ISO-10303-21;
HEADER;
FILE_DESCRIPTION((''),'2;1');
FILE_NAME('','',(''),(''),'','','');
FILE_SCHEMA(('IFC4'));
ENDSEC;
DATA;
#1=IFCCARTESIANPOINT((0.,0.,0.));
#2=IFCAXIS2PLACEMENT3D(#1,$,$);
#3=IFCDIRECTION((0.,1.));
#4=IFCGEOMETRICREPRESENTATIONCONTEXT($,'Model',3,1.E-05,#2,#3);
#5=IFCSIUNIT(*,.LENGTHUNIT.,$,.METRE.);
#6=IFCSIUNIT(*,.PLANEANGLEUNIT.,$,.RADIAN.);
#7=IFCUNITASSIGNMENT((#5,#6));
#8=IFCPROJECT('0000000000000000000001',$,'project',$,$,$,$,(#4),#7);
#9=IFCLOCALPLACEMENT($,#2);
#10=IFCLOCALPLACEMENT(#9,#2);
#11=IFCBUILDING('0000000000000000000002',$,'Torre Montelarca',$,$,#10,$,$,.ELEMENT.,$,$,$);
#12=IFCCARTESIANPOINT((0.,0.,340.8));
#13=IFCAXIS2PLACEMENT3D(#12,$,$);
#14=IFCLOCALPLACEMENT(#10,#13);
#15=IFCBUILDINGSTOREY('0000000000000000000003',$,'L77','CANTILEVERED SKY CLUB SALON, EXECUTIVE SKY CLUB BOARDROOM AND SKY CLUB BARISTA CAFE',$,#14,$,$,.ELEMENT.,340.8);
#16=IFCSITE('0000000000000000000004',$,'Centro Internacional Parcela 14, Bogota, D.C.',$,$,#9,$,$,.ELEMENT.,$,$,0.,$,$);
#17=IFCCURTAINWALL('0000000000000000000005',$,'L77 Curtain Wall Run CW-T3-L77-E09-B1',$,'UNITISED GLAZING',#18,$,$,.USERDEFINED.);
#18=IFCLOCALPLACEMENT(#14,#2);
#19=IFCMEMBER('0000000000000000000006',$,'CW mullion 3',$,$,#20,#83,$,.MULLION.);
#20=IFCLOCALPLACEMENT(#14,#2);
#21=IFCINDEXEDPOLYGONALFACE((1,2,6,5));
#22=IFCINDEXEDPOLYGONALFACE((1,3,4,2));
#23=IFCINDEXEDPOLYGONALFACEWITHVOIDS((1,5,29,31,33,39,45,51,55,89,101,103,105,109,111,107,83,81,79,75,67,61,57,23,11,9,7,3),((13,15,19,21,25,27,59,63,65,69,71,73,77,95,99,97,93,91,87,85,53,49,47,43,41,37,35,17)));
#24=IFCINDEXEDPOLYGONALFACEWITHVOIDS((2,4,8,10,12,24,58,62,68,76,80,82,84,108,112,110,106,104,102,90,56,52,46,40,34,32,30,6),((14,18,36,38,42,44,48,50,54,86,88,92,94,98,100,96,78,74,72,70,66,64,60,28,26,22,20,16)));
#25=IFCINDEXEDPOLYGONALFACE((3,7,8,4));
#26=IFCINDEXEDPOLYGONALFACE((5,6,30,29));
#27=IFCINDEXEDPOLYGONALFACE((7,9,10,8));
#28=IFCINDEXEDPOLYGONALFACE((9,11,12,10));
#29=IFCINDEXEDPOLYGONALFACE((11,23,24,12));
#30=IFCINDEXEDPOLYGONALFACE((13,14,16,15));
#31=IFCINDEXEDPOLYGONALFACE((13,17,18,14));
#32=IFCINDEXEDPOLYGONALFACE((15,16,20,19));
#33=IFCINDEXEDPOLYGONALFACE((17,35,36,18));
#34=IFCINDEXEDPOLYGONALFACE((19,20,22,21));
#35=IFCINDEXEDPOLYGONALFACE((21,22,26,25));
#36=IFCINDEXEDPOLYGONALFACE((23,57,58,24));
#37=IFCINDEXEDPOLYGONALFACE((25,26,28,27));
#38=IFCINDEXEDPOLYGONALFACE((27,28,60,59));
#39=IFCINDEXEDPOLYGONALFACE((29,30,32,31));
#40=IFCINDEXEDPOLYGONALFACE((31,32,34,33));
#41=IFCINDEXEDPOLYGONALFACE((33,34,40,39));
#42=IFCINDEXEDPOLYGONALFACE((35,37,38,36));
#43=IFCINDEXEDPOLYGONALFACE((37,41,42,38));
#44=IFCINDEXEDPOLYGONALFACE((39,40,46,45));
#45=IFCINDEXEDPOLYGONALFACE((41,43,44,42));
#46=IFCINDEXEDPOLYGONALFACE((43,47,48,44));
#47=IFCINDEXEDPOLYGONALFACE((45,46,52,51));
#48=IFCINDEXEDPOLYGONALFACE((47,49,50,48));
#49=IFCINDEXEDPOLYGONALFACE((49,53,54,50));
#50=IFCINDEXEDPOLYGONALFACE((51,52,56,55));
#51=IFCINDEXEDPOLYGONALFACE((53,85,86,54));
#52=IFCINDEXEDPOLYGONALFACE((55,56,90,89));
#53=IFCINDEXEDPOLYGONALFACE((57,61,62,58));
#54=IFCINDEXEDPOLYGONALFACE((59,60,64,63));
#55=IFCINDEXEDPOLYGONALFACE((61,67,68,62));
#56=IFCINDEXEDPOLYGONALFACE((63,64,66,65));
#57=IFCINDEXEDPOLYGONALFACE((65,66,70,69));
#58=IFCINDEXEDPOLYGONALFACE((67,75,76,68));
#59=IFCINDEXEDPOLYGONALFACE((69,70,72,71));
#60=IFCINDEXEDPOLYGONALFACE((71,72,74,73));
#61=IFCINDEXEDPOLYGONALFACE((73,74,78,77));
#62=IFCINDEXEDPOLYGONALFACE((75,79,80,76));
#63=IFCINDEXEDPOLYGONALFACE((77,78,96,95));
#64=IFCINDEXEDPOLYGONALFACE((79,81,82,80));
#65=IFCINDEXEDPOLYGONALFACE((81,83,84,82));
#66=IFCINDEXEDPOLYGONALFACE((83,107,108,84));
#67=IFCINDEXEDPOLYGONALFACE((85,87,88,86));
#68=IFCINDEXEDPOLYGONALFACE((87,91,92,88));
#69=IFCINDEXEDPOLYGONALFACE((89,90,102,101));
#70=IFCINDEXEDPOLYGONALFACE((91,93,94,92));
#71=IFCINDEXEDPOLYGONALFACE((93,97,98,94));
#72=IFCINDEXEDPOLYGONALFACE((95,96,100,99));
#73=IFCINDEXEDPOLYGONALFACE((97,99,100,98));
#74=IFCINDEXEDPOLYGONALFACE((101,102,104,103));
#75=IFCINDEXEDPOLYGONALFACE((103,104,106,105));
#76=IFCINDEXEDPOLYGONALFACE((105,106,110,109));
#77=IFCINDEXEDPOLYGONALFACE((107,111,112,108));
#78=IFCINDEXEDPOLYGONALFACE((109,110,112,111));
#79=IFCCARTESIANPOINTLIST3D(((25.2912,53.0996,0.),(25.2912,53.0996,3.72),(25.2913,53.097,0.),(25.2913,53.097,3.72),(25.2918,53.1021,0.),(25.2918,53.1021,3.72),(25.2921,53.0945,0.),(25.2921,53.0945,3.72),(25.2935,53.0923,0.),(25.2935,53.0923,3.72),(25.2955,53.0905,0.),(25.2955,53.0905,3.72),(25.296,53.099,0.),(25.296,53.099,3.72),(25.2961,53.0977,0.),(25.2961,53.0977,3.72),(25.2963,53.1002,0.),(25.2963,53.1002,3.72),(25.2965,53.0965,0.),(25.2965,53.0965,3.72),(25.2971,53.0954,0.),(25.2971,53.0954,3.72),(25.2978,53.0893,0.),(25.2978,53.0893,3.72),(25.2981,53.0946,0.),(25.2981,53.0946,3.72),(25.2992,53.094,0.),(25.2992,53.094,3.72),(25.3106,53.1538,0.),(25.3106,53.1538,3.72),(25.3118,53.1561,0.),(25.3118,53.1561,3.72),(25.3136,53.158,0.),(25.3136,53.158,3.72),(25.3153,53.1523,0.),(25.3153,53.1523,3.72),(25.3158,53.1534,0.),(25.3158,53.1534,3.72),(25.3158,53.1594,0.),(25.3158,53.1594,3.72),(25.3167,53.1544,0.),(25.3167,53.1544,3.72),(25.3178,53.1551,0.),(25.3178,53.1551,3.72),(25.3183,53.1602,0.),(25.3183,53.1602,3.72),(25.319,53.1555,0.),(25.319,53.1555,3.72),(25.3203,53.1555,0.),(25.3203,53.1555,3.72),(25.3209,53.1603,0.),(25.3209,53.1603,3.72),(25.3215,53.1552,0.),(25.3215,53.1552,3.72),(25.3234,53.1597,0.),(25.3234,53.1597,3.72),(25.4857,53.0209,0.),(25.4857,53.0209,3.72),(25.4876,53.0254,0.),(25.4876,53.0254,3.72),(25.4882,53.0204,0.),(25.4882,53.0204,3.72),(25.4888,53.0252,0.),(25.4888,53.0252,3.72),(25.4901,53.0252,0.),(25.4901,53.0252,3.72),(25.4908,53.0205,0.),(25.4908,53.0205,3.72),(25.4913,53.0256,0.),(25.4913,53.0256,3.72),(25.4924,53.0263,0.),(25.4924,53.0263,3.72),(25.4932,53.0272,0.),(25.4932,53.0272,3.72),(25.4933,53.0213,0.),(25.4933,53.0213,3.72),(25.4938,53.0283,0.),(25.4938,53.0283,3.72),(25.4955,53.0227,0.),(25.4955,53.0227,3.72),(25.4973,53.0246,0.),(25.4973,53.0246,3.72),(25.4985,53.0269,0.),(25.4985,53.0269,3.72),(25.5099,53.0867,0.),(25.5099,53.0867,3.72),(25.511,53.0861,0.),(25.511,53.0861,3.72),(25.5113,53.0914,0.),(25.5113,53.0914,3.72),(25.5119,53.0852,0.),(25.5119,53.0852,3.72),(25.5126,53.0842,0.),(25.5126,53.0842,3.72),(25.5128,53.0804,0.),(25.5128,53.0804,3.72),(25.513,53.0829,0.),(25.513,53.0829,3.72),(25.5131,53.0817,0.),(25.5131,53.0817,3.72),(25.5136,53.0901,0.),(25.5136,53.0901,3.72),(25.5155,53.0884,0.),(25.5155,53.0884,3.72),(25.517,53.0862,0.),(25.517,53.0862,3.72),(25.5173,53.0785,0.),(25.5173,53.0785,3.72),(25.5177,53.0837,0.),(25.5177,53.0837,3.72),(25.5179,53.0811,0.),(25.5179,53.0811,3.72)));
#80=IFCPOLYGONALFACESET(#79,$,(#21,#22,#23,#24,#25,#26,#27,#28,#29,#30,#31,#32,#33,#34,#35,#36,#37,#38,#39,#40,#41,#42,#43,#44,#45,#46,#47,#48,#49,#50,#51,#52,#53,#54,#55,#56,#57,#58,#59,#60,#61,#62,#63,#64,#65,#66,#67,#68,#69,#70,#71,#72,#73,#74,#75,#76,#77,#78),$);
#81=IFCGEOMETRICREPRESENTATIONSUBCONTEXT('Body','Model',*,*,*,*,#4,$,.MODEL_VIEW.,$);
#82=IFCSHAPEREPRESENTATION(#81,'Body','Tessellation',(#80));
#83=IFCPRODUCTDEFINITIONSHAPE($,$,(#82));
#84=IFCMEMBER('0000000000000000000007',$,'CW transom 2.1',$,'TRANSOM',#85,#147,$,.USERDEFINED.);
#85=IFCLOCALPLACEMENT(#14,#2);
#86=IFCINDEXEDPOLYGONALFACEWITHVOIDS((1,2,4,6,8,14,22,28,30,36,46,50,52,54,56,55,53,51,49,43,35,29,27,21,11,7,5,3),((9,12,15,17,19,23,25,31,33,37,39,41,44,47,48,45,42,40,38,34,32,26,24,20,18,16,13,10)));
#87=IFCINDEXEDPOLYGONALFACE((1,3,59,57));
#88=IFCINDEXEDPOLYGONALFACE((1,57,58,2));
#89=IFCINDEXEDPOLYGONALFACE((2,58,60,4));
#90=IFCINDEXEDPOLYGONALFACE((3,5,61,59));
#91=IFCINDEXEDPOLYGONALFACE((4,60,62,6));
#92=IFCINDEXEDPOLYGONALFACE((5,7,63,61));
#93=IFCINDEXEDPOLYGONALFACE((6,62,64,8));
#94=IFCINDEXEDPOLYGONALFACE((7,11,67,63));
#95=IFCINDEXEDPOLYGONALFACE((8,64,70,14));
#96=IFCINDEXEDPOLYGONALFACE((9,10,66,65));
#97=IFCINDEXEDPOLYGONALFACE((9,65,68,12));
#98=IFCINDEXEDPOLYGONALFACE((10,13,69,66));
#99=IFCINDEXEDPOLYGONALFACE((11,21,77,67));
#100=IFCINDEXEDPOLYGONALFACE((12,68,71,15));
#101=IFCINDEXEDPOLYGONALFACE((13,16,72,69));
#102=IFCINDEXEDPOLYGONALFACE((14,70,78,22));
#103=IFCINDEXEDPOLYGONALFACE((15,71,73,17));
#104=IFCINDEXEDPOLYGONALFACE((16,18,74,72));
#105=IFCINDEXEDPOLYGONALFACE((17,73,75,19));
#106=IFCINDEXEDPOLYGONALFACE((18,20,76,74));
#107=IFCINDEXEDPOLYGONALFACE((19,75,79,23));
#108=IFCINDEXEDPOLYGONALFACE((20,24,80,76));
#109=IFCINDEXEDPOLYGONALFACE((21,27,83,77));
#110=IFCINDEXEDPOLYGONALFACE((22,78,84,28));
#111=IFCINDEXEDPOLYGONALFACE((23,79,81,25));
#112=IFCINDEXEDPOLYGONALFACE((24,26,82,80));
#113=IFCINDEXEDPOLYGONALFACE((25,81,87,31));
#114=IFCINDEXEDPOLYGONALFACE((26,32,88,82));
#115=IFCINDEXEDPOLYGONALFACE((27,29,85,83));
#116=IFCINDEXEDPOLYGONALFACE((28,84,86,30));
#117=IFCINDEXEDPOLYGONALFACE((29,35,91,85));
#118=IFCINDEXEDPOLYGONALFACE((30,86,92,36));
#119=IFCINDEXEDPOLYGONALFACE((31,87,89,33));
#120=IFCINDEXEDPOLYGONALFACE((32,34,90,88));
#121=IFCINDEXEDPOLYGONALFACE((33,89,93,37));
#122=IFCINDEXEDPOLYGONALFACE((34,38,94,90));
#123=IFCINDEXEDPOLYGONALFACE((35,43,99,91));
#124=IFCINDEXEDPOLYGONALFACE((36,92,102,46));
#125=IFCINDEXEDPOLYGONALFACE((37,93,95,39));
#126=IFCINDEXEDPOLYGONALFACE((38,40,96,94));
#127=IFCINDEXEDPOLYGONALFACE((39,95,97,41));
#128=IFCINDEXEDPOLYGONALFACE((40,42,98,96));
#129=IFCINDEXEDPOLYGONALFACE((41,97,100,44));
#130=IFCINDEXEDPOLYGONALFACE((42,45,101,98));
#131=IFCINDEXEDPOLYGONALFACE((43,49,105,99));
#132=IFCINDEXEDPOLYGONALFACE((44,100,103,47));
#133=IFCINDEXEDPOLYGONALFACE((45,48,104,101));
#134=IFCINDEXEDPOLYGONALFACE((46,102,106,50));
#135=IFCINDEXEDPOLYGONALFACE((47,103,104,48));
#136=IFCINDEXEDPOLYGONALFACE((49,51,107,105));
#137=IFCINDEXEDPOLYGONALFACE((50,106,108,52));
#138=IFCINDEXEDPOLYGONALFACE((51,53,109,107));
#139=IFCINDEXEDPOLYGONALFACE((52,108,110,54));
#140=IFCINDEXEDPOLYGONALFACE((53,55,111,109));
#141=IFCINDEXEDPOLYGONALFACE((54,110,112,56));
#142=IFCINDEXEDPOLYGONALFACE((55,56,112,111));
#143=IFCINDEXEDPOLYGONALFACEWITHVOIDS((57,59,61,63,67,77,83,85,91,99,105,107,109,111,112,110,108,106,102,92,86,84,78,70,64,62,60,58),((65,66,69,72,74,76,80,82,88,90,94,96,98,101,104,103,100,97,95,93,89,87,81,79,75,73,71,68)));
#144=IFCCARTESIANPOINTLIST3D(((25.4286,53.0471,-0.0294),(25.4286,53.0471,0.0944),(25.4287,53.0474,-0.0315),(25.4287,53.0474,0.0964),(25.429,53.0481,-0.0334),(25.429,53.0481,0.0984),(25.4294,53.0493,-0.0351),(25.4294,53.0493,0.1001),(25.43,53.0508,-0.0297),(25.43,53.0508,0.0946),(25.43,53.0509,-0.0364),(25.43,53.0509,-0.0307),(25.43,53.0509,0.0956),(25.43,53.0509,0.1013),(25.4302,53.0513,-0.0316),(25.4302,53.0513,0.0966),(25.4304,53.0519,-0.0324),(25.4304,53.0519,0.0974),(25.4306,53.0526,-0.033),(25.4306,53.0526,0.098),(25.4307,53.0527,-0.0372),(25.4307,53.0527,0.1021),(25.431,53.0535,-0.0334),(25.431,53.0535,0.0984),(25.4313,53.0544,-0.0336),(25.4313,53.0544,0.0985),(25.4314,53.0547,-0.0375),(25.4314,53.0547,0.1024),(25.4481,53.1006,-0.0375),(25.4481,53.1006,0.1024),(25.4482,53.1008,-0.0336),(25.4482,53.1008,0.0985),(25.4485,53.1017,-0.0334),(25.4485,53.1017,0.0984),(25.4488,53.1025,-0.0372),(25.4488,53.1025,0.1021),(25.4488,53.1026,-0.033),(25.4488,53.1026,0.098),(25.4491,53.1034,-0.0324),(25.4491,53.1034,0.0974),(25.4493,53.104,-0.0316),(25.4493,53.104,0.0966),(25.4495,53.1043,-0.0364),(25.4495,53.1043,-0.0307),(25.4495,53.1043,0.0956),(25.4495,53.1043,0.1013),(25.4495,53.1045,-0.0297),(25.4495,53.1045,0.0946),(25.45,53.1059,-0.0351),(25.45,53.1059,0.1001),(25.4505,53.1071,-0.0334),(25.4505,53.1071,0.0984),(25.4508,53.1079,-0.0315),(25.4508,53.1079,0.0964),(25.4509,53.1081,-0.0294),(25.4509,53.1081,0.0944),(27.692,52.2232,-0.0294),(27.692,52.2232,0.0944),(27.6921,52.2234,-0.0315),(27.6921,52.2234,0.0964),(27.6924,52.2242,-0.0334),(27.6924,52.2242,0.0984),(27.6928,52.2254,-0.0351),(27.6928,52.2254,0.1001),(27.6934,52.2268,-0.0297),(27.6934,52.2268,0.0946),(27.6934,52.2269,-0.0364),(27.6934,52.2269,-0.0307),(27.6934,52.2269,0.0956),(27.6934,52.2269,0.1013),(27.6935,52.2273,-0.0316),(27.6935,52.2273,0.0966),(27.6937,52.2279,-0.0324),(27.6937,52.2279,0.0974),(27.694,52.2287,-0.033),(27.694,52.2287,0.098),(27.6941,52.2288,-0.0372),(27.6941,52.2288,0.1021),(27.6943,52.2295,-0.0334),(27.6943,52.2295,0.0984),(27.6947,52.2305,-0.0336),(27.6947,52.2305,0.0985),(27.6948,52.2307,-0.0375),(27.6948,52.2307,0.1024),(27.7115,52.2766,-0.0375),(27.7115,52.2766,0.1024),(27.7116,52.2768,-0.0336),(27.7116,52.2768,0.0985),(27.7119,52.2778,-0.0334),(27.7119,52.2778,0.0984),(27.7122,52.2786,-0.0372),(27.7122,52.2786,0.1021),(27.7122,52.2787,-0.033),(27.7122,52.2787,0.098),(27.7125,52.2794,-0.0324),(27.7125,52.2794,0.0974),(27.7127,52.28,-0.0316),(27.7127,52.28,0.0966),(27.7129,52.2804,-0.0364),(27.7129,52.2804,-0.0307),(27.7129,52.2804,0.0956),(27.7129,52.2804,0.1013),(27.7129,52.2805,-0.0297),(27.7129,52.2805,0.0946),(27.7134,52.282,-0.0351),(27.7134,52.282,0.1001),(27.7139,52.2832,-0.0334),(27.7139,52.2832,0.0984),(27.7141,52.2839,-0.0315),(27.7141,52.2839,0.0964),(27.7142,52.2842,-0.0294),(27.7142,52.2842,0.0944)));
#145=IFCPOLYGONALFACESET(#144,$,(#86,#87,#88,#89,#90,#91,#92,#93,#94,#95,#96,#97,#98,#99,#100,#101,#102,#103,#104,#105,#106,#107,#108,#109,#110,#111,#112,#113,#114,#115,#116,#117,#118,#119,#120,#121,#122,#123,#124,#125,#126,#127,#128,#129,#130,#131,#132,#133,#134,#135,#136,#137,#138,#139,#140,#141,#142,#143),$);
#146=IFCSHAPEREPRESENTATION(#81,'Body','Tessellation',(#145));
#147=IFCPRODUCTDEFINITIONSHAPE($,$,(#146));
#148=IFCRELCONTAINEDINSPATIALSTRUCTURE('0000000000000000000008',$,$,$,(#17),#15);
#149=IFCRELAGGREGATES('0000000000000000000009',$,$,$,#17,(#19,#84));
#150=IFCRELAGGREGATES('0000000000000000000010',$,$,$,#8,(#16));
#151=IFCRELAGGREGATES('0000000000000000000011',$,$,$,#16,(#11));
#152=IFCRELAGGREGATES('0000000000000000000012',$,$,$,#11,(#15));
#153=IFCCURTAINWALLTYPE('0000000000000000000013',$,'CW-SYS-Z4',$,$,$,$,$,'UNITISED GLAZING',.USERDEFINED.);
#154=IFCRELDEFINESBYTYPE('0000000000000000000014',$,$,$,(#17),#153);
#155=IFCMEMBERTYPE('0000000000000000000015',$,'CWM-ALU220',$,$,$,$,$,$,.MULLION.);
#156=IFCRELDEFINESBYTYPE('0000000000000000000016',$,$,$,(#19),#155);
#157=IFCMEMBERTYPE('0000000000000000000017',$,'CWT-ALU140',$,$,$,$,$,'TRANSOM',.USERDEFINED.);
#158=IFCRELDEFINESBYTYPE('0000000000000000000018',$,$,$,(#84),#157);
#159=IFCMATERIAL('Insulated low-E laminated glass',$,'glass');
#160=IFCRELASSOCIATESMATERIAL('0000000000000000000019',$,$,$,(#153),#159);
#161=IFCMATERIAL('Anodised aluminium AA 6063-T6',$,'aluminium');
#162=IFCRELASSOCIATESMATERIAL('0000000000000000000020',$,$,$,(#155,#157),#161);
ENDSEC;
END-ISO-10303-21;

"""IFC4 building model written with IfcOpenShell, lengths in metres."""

from ifc_helpers import new_model, si_unit, direction, frame, origin, origin_2d, place, context, subcontext, project, spatial, hollow_rectangle, extrude, source, transform, mapped, material, material_profile, profile_set, type_object, element, aggregate, save


model = new_model("IFC4")

# Units and contexts
model_context = context("Model", 3, precision=1e-05, world=origin(), true_north=direction((0.0, 1.0)))
body_context = subcontext(model_context, "Body", "Model", "MODEL_VIEW")
ifc_project = project(units=[si_unit("LENGTHUNIT", "METRE"), si_unit("PLANEANGLEUNIT", "RADIAN")], contexts=[model_context])

# Site, building, storey
site_placement = place(None, origin())
site = spatial("IfcSite", under=ifc_project, at=site_placement, Name="Centro Internacional Parcela 14, Bogota, D.C.", CompositionType="ELEMENT", RefElevation=0.0)
building_placement = place(site_placement, origin())
building = spatial("IfcBuilding", under=site, at=building_placement, Name="Torre Montelarca", CompositionType="ELEMENT")
storey_placement = place(building_placement, frame((0.0, 0.0, 340.8)))
storey = spatial("IfcBuildingStorey", under=building, at=storey_placement, Name="L77", Description="CANTILEVERED SKY CLUB SALON, EXECUTIVE SKY CLUB BOARDROOM AND SKY CLUB BARISTA CAFE", CompositionType="ELEMENT", Elevation=340.8)

# Curtain wall, members
ifc_material_1 = material(Name="Insulated low-E laminated glass", Category="glass")
curtain_wall_type = type_object("IfcCurtainWallType", Name="CW-SYS-Z4", ElementType="UNITISED GLAZING", PredefinedType="USERDEFINED", material=ifc_material_1)
ifc_material_2 = material(Name="Anodised aluminium AA 6063-T6", Category="aluminium")
ifc_material_profile_1 = material_profile(ifc_material_2, hollow_rectangle(XDim=0.075, YDim=0.22, WallThickness=0.0049, InnerFilletRadius=0.0049, OuterFilletRadius=0.01, at=origin_2d()), Name="ALU75X220X5", Category="aluminium")
ifc_profile_set_1 = profile_set([ifc_material_profile_1], Name="Anodised aluminium AA 6063-T6")
member_type_1 = type_object("IfcMemberType", Name="CWM-ALU220", PredefinedType="MULLION", material=ifc_profile_set_1)
shared_shape_1 = source(origin(), body_context, "Body", "SweptSolid", [
    extrude(hollow_rectangle(XDim=0.075, YDim=0.22, WallThickness=0.0049, InnerFilletRadius=0.0049, OuterFilletRadius=0.01, at=origin_2d()), origin(), (0.0, 0.0, 1.0), 3.72),
])
curtain_wall_1_placement = place(storey_placement, origin())
curtain_wall_1 = element("IfcCurtainWall", 1, at=curtain_wall_1_placement, inside=storey, type_object=curtain_wall_type, Name="L77 Curtain Wall Run CW-T3-L77-E09-B1", ObjectType="UNITISED GLAZING", PredefinedType="USERDEFINED")
member_1_placement = place(storey_placement, frame((25.4045, 53.0903, 0.0), z_axis=(0.0, 0.0, 1.0), x_axis=(-0.342015, -0.939694, 0.0)))
member_1 = element("IfcMember", 2, at=member_1_placement, type_object=member_type_1, Name="CW mullion 3", PredefinedType="MULLION", context=body_context, shape_type="MappedRepresentation", body=[
    mapped(shared_shape_1, transform((0.0, 0.0, 0.0), scale=1.0)),
])
ifc_material_profile_2 = material_profile(ifc_material_2, hollow_rectangle(XDim=0.0649, YDim=0.1399, WallThickness=0.0039, InnerFilletRadius=0.0039, OuterFilletRadius=0.0081, at=origin_2d()), Name="ALU65X140X4", Category="aluminium")
ifc_profile_set_2 = profile_set([ifc_material_profile_2], Name="Anodised aluminium AA 6063-T6")
member_type_2 = type_object("IfcMemberType", Name="CWT-ALU140", ElementType="TRANSOM", PredefinedType="USERDEFINED", material=ifc_profile_set_2)
shared_shape_2 = source(origin(), body_context, "Body", "SweptSolid", [
    extrude(hollow_rectangle(XDim=0.0649, YDim=0.1399, WallThickness=0.0039, InnerFilletRadius=0.0039, OuterFilletRadius=0.0081, at=origin_2d()), origin(), (0.0, 0.0, 1.0), 2.4087),
])
member_2_placement = place(storey_placement, frame((27.7031, 52.2537, 0.0325), z_axis=(-0.939672, 0.342077, 0.0), x_axis=(-0.342077, -0.939672, 0.0)))
member_2 = element("IfcMember", 3, at=member_2_placement, type_object=member_type_2, Name="CW transom 2.1", ObjectType="TRANSOM", PredefinedType="USERDEFINED", context=body_context, shape_type="MappedRepresentation", body=[
    mapped(shared_shape_2, transform((0.0, 0.0, 0.0), scale=1.0)),
])

aggregate(curtain_wall_1, [member_1, member_2])

save(model, "model.ifc")
